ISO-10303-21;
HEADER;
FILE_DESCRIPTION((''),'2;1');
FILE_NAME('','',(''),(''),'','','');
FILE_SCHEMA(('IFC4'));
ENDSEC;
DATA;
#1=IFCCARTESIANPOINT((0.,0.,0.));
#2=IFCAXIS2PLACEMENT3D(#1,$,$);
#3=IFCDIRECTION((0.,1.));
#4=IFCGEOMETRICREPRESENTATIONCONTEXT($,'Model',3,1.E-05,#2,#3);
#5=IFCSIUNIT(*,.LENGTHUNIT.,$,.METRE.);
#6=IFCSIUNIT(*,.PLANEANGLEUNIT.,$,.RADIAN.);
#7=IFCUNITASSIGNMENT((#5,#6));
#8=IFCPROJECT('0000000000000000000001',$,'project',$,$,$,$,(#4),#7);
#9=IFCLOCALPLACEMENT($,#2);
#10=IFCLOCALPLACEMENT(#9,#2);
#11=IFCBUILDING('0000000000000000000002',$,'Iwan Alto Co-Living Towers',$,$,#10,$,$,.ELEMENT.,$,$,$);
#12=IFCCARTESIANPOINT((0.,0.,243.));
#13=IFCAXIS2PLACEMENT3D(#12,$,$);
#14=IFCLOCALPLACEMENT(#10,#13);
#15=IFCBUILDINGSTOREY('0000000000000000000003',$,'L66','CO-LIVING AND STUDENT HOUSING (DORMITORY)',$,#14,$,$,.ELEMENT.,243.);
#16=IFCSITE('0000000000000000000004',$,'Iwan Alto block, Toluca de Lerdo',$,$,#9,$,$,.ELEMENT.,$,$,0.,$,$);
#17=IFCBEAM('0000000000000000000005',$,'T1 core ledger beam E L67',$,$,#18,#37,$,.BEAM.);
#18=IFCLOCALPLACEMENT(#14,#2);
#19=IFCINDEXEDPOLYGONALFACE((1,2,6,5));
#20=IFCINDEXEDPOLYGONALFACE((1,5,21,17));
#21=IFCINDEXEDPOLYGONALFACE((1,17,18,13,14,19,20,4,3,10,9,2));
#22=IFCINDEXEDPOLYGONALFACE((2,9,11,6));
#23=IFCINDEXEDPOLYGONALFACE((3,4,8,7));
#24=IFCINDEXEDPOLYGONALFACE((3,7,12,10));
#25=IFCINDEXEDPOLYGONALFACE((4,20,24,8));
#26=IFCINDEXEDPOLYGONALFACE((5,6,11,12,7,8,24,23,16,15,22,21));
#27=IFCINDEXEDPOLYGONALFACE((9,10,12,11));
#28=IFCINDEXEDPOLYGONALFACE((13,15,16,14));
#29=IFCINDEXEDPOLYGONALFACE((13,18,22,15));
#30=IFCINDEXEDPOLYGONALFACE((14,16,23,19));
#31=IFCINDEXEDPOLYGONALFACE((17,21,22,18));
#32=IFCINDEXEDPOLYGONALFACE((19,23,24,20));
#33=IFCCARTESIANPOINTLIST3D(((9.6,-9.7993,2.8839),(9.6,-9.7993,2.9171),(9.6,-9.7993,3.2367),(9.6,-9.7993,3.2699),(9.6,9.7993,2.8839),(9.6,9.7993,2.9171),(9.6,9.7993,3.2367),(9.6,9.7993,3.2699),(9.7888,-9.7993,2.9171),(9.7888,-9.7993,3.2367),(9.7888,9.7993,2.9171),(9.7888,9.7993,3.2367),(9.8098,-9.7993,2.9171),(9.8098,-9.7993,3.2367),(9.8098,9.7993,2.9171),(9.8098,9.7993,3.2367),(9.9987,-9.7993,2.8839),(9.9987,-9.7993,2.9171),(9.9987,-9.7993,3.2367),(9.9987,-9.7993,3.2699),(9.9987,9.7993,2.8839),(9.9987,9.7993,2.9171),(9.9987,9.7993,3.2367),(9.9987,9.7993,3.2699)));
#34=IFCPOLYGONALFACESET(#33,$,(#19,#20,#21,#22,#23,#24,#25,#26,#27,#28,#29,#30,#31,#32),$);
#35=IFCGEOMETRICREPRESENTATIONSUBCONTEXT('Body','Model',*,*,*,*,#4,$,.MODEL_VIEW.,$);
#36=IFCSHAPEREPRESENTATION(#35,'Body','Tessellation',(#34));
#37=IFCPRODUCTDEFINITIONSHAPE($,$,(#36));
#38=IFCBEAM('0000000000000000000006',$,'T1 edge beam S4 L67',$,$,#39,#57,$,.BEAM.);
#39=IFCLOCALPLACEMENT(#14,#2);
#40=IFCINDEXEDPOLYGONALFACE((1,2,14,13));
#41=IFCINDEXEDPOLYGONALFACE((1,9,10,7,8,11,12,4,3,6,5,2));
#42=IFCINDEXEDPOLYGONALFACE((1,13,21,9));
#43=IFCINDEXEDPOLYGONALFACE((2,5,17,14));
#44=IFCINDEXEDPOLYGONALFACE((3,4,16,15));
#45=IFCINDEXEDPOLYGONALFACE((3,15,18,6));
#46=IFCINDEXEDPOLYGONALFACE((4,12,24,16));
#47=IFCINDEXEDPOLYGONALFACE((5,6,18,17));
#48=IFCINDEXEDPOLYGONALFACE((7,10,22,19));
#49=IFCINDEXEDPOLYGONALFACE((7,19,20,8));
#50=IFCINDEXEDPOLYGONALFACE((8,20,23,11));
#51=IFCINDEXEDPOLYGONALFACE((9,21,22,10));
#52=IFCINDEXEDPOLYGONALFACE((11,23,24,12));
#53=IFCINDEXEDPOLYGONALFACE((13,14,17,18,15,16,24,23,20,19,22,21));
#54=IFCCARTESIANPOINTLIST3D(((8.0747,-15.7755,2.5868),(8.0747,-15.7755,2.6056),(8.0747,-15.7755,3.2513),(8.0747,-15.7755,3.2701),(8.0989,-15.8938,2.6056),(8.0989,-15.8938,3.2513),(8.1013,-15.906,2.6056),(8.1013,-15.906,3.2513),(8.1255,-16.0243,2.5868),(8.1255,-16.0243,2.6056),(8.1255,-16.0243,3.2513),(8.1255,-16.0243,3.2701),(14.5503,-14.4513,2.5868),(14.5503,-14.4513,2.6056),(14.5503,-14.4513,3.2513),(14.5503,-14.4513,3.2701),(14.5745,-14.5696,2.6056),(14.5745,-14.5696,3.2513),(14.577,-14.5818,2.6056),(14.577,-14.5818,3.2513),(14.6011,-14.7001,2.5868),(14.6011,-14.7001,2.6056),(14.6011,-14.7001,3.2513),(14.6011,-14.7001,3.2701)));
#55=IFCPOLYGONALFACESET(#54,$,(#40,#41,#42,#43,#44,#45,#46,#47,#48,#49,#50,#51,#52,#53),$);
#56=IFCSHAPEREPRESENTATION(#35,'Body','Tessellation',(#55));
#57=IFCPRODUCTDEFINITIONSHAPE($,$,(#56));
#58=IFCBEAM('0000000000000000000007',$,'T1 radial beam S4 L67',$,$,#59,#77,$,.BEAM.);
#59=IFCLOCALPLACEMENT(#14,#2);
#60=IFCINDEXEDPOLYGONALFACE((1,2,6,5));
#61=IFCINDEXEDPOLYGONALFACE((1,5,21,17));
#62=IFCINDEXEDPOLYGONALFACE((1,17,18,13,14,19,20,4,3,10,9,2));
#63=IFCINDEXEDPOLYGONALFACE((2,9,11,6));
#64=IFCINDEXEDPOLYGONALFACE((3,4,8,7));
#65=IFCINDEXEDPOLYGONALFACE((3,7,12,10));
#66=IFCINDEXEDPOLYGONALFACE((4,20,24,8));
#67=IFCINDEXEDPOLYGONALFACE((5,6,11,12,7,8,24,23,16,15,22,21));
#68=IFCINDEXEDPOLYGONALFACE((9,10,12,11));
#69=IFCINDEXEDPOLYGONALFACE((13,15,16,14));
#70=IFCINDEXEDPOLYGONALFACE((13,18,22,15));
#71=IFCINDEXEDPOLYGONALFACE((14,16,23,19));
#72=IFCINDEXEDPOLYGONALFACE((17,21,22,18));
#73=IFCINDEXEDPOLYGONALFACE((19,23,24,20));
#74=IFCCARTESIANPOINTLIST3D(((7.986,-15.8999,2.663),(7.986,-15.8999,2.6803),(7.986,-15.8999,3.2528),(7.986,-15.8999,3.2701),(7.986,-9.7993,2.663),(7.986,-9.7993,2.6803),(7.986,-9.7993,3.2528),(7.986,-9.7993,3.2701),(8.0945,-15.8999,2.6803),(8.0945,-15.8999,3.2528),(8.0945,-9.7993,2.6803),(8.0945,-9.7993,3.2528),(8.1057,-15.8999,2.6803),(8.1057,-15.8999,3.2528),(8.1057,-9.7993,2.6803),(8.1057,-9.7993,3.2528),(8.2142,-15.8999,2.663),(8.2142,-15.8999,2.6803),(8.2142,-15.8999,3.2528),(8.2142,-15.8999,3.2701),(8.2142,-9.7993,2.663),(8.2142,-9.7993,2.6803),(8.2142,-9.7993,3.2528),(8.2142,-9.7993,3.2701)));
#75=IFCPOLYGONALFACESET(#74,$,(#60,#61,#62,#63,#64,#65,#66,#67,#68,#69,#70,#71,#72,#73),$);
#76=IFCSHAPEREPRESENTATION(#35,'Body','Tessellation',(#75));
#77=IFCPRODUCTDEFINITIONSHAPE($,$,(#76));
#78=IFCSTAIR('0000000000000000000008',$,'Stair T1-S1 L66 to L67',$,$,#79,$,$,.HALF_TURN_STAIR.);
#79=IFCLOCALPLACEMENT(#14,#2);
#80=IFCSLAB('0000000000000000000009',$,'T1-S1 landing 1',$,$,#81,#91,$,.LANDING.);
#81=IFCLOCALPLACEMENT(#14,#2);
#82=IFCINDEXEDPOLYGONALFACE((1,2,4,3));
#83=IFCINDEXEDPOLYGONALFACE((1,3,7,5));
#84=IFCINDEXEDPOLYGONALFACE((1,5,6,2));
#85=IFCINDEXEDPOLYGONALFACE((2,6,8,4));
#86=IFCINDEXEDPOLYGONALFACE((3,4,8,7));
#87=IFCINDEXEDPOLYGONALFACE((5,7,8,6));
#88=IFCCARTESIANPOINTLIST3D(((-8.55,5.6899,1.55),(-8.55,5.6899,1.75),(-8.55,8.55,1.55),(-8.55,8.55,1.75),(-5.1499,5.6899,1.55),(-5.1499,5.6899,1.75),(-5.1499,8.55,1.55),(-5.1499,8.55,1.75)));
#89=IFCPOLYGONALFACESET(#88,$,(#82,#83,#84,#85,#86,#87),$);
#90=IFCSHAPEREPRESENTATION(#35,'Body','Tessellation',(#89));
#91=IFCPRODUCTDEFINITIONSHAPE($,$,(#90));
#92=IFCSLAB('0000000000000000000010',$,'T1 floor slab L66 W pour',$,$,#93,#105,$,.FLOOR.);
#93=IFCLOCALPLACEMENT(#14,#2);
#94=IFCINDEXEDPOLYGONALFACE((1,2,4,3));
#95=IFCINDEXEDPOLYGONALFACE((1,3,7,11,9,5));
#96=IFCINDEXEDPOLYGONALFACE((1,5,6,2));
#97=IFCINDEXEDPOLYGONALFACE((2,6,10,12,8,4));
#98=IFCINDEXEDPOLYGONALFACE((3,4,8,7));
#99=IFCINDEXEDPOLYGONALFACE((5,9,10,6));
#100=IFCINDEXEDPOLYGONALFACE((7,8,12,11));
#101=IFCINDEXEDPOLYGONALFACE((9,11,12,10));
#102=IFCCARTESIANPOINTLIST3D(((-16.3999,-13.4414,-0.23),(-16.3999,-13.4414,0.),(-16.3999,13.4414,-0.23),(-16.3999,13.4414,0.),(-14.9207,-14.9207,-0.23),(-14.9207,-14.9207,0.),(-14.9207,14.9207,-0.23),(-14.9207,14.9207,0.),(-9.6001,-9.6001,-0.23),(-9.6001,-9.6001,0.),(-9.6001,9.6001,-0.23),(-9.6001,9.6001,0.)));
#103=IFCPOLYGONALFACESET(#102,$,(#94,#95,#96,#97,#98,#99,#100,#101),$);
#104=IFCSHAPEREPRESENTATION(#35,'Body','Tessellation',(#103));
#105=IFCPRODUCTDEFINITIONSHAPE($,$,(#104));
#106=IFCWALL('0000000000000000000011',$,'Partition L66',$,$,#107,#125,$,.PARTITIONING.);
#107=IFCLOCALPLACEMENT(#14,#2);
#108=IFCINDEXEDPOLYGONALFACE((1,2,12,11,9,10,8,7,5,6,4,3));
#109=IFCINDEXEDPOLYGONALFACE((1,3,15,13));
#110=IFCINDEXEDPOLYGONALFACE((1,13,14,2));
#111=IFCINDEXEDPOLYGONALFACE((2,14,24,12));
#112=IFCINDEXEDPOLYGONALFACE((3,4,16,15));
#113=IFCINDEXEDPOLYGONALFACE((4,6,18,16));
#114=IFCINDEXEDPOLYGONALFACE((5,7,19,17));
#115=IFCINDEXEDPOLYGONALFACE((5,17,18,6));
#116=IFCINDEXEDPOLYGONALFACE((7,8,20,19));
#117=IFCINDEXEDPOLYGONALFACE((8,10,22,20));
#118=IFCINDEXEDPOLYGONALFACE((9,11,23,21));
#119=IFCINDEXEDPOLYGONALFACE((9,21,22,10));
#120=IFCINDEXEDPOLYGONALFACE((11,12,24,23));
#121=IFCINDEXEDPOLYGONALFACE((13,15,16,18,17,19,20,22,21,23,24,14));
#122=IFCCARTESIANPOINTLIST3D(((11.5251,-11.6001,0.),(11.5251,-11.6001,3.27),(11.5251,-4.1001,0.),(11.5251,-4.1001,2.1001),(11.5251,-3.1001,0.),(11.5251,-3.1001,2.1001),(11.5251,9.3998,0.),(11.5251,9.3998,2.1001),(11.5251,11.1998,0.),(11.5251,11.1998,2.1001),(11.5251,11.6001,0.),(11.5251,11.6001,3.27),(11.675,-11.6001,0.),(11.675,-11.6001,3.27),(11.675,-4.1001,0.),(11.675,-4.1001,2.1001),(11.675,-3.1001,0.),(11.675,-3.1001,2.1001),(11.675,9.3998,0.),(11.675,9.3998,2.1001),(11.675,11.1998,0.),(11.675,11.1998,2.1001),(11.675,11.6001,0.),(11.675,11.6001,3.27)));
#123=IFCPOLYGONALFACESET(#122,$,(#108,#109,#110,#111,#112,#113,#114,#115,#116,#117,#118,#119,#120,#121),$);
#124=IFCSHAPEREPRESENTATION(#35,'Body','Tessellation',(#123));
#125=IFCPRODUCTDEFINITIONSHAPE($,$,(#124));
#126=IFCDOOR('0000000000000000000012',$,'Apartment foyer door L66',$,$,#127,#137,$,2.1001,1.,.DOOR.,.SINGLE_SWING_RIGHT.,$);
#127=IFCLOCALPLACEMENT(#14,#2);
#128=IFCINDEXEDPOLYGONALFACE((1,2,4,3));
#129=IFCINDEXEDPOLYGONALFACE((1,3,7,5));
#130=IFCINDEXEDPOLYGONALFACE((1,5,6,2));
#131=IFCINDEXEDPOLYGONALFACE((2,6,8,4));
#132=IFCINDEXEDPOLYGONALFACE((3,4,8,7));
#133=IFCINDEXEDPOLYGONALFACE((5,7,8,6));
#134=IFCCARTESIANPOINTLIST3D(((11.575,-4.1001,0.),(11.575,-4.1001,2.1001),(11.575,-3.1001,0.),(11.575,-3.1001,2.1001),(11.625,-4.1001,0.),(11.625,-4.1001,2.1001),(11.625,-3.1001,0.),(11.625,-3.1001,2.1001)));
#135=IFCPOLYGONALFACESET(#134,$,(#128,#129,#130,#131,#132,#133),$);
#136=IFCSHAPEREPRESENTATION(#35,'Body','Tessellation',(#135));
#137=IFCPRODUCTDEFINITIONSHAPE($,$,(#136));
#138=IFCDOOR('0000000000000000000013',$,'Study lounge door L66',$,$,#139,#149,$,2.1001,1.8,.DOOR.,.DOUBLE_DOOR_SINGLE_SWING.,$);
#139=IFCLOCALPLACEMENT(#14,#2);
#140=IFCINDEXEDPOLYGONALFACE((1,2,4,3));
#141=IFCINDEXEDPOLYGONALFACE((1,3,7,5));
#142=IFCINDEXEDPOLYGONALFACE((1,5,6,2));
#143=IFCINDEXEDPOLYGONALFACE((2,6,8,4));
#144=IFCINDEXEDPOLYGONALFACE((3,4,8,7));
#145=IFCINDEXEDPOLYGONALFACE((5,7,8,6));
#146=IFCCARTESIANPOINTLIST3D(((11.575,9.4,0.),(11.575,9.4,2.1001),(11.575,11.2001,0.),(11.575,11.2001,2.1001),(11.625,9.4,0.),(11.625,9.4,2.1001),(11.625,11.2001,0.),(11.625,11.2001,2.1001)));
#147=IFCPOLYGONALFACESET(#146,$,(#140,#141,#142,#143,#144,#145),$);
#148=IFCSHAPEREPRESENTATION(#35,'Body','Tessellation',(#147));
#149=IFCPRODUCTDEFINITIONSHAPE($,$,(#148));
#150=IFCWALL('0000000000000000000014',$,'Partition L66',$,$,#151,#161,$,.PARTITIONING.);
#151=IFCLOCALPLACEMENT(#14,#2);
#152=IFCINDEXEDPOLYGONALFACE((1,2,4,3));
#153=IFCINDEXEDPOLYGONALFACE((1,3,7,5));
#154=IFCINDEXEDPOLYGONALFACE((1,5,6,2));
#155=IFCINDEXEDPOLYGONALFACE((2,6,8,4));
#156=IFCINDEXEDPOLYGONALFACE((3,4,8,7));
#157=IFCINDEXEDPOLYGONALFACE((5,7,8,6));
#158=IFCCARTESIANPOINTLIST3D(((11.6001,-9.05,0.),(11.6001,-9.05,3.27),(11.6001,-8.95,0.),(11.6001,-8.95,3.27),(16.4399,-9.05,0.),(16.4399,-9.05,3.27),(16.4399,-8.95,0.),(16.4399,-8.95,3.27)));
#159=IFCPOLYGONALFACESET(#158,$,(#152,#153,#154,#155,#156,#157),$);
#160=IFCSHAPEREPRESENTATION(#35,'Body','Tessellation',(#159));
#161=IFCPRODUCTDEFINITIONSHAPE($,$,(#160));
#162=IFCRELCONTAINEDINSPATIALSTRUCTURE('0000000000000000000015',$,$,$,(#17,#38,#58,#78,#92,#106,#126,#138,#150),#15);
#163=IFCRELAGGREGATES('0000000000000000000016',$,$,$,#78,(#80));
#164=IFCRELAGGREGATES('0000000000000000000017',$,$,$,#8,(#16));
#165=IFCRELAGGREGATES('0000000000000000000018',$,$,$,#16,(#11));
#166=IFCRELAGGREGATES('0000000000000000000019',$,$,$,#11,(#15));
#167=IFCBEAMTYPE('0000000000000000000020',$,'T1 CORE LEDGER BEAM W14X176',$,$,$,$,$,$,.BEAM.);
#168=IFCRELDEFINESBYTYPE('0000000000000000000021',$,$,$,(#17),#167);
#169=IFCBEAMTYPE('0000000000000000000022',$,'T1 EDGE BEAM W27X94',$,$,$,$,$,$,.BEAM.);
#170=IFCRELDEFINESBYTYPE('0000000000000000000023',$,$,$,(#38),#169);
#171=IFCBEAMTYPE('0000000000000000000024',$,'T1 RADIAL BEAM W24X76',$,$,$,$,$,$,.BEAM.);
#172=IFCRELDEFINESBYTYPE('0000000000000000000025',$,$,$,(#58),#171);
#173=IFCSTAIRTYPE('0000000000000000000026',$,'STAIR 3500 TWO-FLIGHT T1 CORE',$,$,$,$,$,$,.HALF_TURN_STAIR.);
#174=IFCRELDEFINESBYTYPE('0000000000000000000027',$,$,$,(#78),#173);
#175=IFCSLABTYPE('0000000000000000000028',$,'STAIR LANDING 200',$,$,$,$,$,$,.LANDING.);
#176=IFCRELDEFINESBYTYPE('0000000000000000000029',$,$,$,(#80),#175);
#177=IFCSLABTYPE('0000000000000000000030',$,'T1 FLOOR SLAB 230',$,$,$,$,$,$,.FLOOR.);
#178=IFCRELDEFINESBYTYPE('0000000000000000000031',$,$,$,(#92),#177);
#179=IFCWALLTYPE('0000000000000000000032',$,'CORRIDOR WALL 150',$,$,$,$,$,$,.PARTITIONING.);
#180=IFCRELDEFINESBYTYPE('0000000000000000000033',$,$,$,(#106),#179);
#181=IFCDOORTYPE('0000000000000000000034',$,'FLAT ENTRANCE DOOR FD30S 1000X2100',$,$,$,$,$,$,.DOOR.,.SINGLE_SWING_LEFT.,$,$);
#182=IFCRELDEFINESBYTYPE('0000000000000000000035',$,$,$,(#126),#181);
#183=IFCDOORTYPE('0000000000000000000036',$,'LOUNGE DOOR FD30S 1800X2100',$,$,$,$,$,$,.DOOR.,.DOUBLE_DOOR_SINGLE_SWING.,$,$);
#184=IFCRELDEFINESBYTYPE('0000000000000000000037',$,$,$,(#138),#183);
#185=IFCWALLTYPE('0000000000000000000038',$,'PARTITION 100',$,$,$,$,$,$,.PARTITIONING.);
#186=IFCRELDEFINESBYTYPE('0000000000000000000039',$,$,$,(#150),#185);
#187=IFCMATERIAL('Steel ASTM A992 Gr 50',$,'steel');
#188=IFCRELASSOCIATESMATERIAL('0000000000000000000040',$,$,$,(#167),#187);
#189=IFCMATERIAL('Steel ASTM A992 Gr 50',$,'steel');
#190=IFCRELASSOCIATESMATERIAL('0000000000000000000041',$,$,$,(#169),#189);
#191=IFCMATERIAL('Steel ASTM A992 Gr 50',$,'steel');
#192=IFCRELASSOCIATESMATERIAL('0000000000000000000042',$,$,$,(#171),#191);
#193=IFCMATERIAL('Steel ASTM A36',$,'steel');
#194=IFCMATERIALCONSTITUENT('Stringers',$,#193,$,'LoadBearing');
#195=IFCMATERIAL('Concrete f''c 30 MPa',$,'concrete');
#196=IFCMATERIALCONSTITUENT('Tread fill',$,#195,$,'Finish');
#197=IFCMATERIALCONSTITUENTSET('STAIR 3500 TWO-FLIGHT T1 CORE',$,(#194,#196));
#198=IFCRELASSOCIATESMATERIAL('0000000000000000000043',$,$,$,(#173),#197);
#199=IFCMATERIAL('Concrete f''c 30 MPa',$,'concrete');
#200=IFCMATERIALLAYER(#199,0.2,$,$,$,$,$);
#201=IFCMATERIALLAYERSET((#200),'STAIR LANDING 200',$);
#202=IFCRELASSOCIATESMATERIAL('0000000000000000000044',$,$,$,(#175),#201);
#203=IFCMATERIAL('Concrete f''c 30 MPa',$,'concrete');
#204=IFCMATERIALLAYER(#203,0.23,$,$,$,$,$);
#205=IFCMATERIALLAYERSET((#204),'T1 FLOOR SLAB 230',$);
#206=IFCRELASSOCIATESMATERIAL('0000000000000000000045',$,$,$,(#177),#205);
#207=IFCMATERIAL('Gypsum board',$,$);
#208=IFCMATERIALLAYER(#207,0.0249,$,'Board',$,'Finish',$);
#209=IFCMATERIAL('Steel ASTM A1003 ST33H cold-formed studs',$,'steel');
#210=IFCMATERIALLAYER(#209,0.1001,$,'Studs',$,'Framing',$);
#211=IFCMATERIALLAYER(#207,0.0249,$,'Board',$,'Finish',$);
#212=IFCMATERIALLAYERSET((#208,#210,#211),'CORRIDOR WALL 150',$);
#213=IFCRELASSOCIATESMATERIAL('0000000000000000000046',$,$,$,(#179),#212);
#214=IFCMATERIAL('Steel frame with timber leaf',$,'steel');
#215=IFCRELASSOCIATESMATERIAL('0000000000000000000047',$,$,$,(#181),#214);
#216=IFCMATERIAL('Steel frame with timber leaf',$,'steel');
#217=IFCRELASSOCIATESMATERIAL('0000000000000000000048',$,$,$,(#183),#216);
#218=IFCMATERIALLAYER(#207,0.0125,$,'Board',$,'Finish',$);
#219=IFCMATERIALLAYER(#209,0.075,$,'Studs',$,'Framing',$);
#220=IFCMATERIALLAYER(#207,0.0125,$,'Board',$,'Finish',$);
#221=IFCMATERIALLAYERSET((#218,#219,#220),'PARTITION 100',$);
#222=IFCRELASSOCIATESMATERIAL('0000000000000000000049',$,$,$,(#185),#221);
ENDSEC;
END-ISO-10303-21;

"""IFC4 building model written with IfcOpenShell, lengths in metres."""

from ifc_helpers import new_model, si_unit, direction, frame, frame_2d, origin, origin_2d, place, context, subcontext, project, spatial, polyline, rectangle, i_section, outline, extrude, material, layer, layer_set, constituent, constituent_set, material_profile, profile_set, type_object, element, fill, aggregate, save


model = new_model("IFC4")

# Units and contexts
model_context = context("Model", 3, precision=1e-05, world=origin(), true_north=direction((0.0, 1.0)))
body_context = subcontext(model_context, "Body", "Model", "MODEL_VIEW")
ifc_project = project(units=[si_unit("LENGTHUNIT", "METRE"), si_unit("PLANEANGLEUNIT", "RADIAN")], contexts=[model_context])

# Site, building, storey
site_placement = place(None, origin())
site = spatial("IfcSite", under=ifc_project, at=site_placement, Name="Iwan Alto block, Toluca de Lerdo", CompositionType="ELEMENT", RefElevation=0.0)
building_placement = place(site_placement, origin())
building = spatial("IfcBuilding", under=site, at=building_placement, Name="Iwan Alto Co-Living Towers", CompositionType="ELEMENT")
storey_placement = place(building_placement, frame((0.0, 0.0, 243.0)))
storey = spatial("IfcBuildingStorey", under=building, at=storey_placement, Name="L66", Description="CO-LIVING AND STUDENT HOUSING (DORMITORY)", CompositionType="ELEMENT", Elevation=243.0)

# Beams
ifc_material_1 = material(Name="Steel ASTM A992 Gr 50", Category="steel")
ifc_material_profile_1 = material_profile(ifc_material_1, i_section(OverallWidth=0.3987, OverallDepth=0.386, WebThickness=0.021, FlangeThickness=0.0332, at=origin_2d()), Name="W14X176")
ifc_profile_set_1 = profile_set([ifc_material_profile_1], Name="Steel ASTM A992 Gr 50")
beam_type_1 = type_object("IfcBeamType", Name="T1 CORE LEDGER BEAM W14X176", PredefinedType="BEAM", material=ifc_profile_set_1)
beam_1_placement = place(storey_placement, frame((9.7993, -9.7993, 3.0769), z_axis=(0.0, 1.0, 0.0), x_axis=(-1.0, 0.0, 0.0)))
element("IfcBeam", 1, at=beam_1_placement, inside=storey, type_object=beam_type_1, Name="T1 core ledger beam E L67", PredefinedType="BEAM", context=body_context, shape_type="SweptSolid", body=[
    extrude(i_section(OverallWidth=0.3987, OverallDepth=0.386, WebThickness=0.021, FlangeThickness=0.0332, at=origin_2d()), origin(), (0.0, 0.0, 1.0), 19.5986),
])
ifc_material_2 = material(Name="Steel ASTM A992 Gr 50", Category="steel")
ifc_material_profile_2 = material_profile(ifc_material_2, i_section(OverallWidth=0.2539, OverallDepth=0.6833, WebThickness=0.0125, FlangeThickness=0.0188, at=origin_2d()), Name="W27X94")
ifc_profile_set_2 = profile_set([ifc_material_profile_2], Name="Steel ASTM A992 Gr 50")
beam_type_2 = type_object("IfcBeamType", Name="T1 EDGE BEAM W27X94", PredefinedType="BEAM", material=ifc_profile_set_2)
beam_2_placement = place(storey_placement, frame((8.1001, -15.8999, 2.9285), z_axis=(0.979725, 0.200348, 0.0), x_axis=(-0.200348, 0.979725, 0.0)))
element("IfcBeam", 2, at=beam_2_placement, inside=storey, type_object=beam_type_2, Name="T1 edge beam S4 L67", PredefinedType="BEAM", context=body_context, shape_type="SweptSolid", body=[
    extrude(i_section(OverallWidth=0.2539, OverallDepth=0.6833, WebThickness=0.0125, FlangeThickness=0.0188, at=origin_2d()), origin(), (0.0, 0.0, 1.0), 6.6096),
])
ifc_material_3 = material(Name="Steel ASTM A992 Gr 50", Category="steel")
ifc_material_profile_3 = material_profile(ifc_material_3, i_section(OverallWidth=0.2283, OverallDepth=0.6072, WebThickness=0.0112, FlangeThickness=0.0173, at=origin_2d()), Name="W24X76")
ifc_profile_set_3 = profile_set([ifc_material_profile_3], Name="Steel ASTM A992 Gr 50")
beam_type_3 = type_object("IfcBeamType", Name="T1 RADIAL BEAM W24X76", PredefinedType="BEAM", material=ifc_profile_set_3)
beam_3_placement = place(storey_placement, frame((8.1001, -15.8999, 2.9666), z_axis=(0.0, 1.0, 0.0), x_axis=(-1.0, 0.0, 0.0)))
element("IfcBeam", 3, at=beam_3_placement, inside=storey, type_object=beam_type_3, Name="T1 radial beam S4 L67", PredefinedType="BEAM", context=body_context, shape_type="SweptSolid", body=[
    extrude(i_section(OverallWidth=0.2283, OverallDepth=0.6072, WebThickness=0.0112, FlangeThickness=0.0173, at=origin_2d()), origin(), (0.0, 0.0, 1.0), 6.1006),
])

# Stair, slab
ifc_material_4 = material(Name="Steel ASTM A36", Category="steel")
ifc_constituent_1 = constituent(ifc_material_4, Name="Stringers", Category="LoadBearing")
ifc_material_5 = material(Name="Concrete f'c 30 MPa", Category="concrete")
ifc_constituent_2 = constituent(ifc_material_5, Name="Tread fill", Category="Finish")
ifc_constituent_set_1 = constituent_set(constituents=[ifc_constituent_1, ifc_constituent_2], Name="STAIR 3500 TWO-FLIGHT T1 CORE")
stair_type = type_object("IfcStairType", Name="STAIR 3500 TWO-FLIGHT T1 CORE", PredefinedType="HALF_TURN_STAIR", material=ifc_constituent_set_1)
stair_1_placement = place(storey_placement, origin())
stair_1 = element("IfcStair", 4, at=stair_1_placement, inside=storey, type_object=stair_type, Name="Stair T1-S1 L66 to L67", PredefinedType="HALF_TURN_STAIR")
ifc_material_6 = material(Name="Concrete f'c 30 MPa", Category="concrete")
ifc_layer_1 = layer(ifc_material_6, 0.2)
ifc_layer_set_1 = layer_set([ifc_layer_1], Name="STAIR LANDING 200")
slab_type_1 = type_object("IfcSlabType", Name="STAIR LANDING 200", PredefinedType="LANDING", material=ifc_layer_set_1)
slab_1_placement = place(storey_placement, frame((0.0, 0.0, 1.55)))
slab_1 = element("IfcSlab", 5, at=slab_1_placement, type_object=slab_type_1, Name="T1-S1 landing 1", PredefinedType="LANDING", context=body_context, shape_type="SweptSolid", body=[
    extrude(outline(polyline([(-8.55, 5.6899), (-8.55, 8.55), (-5.1499, 8.55), (-5.1499, 5.6899), (-8.55, 5.6899)])), origin(), (0.0, 0.0, 1.0), 0.2),
])
aggregate(stair_1, [slab_1])

# Slab
ifc_material_7 = material(Name="Concrete f'c 30 MPa", Category="concrete")
ifc_layer_2 = layer(ifc_material_7, 0.23)
ifc_layer_set_2 = layer_set([ifc_layer_2], Name="T1 FLOOR SLAB 230")
slab_type_2 = type_object("IfcSlabType", Name="T1 FLOOR SLAB 230", PredefinedType="FLOOR", material=ifc_layer_set_2)
slab_2_placement = place(storey_placement, frame((0.0, 0.0, -0.23)))
element("IfcSlab", 6, at=slab_2_placement, inside=storey, type_object=slab_type_2, Name="T1 floor slab L66 W pour", PredefinedType="FLOOR", context=body_context, shape_type="SweptSolid", body=[
    extrude(outline(polyline([(-16.3999, 13.4414), (-14.9207, 14.9207), (-9.6001, 9.6001), (-9.6001, -9.6001), (-14.9207, -14.9207), (-16.3999, -13.4414), (-16.3999, 13.4414)])), origin(), (0.0, 0.0, 1.0), 0.23),
])

# Wall, openings, doors
ifc_material_8 = material(Name="Gypsum board")
ifc_layer_3 = layer(ifc_material_8, 0.0249, Name="Board", Category="Finish")
ifc_material_9 = material(Name="Steel ASTM A1003 ST33H cold-formed studs", Category="steel")
ifc_layer_4 = layer(ifc_material_9, 0.1001, Name="Studs", Category="Framing")
ifc_layer_5 = layer(ifc_material_8, 0.0249, Name="Board", Category="Finish")
ifc_layer_set_3 = layer_set([ifc_layer_3, ifc_layer_4, ifc_layer_5], Name="CORRIDOR WALL 150")
wall_type_1 = type_object("IfcWallType", Name="CORRIDOR WALL 150", PredefinedType="PARTITIONING", material=ifc_layer_set_3)
wall_1_placement = place(storey_placement, frame((11.6001, -11.6001, 0.0), z_axis=(0.0, 0.0, 1.0), x_axis=(0.0, 1.0, 0.0)))
wall_1 = element("IfcWall", 7, at=wall_1_placement, inside=storey, type_object=wall_type_1, Name="Partition L66", PredefinedType="PARTITIONING", context=body_context, shape_type="SweptSolid", body=[
    extrude(rectangle(XDim=23.2002, YDim=0.1499, at=frame_2d((11.6001, 0.0))), origin(), (0.0, 0.0, 1.0), 3.27),
])
opening_1_placement = place(wall_1_placement, frame((7.5, 0.0, 0.0)))
opening_1 = element("IfcOpeningElement", 8, at=opening_1_placement, cuts=wall_1, PredefinedType="OPENING", context=body_context, shape_type="SweptSolid", body=[
    extrude(rectangle(XDim=1.0, YDim=2.1001, at=frame_2d((0.5, 1.05))), frame((0.0, 0.085, 0.0), z_axis=(0.0, -1.0, 0.0), x_axis=(1.0, 0.0, 0.0)), (0.0, 0.0, 1.0), 0.1699),
])
opening_2_placement = place(wall_1_placement, frame((21.0, 0.0, 0.0)))
opening_2 = element("IfcOpeningElement", 9, at=opening_2_placement, cuts=wall_1, PredefinedType="OPENING", context=body_context, shape_type="SweptSolid", body=[
    extrude(rectangle(XDim=1.8, YDim=2.1001, at=frame_2d((0.8999, 1.05))), frame((0.0, 0.085, 0.0), z_axis=(0.0, -1.0, 0.0), x_axis=(1.0, 0.0, 0.0)), (0.0, 0.0, 1.0), 0.1699),
])
ifc_material_10 = material(Name="Steel frame with timber leaf", Category="steel")
door_type_1 = type_object("IfcDoorType", Name="FLAT ENTRANCE DOOR FD30S 1000X2100", OperationType="SINGLE_SWING_LEFT", PredefinedType="DOOR", material=ifc_material_10)
door_1_placement = place(opening_1_placement, frame((1.0, 0.0, 0.0), z_axis=(0.0, 0.0, 1.0), x_axis=(-1.0, 0.0, 0.0)))
door_1 = element("IfcDoor", 10, at=door_1_placement, inside=storey, type_object=door_type_1, Name="Apartment foyer door L66", OperationType="SINGLE_SWING_RIGHT", OverallHeight=2.1001, OverallWidth=1.0, PredefinedType="DOOR", context=body_context, shape_type="SweptSolid", body=[
    extrude(rectangle(XDim=1.0, YDim=2.1001, at=frame_2d((0.5, 1.05))), frame((0.0, 0.0249, 0.0), z_axis=(0.0, -1.0, 0.0), x_axis=(1.0, 0.0, 0.0)), (0.0, 0.0, 1.0), 0.05),
])
fill(opening_1, door_1)
ifc_material_11 = material(Name="Steel frame with timber leaf", Category="steel")
door_type_2 = type_object("IfcDoorType", Name="LOUNGE DOOR FD30S 1800X2100", OperationType="DOUBLE_DOOR_SINGLE_SWING", PredefinedType="DOOR", material=ifc_material_11)
door_2_placement = place(opening_2_placement, frame((1.8, 0.0, 0.0), z_axis=(0.0, 0.0, 1.0), x_axis=(-1.0, 0.0, 0.0)))
door_2 = element("IfcDoor", 11, at=door_2_placement, inside=storey, type_object=door_type_2, Name="Study lounge door L66", OperationType="DOUBLE_DOOR_SINGLE_SWING", OverallHeight=2.1001, OverallWidth=1.8, PredefinedType="DOOR", context=body_context, shape_type="SweptSolid", body=[
    extrude(rectangle(XDim=1.8, YDim=2.1001, at=frame_2d((0.8999, 1.05))), frame((0.0, 0.0249, 0.0), z_axis=(0.0, -1.0, 0.0), x_axis=(1.0, 0.0, 0.0)), (0.0, 0.0, 1.0), 0.05),
])
fill(opening_2, door_2)

# Wall
ifc_layer_6 = layer(ifc_material_8, 0.0125, Name="Board", Category="Finish")
ifc_layer_7 = layer(ifc_material_9, 0.075, Name="Studs", Category="Framing")
ifc_layer_8 = layer(ifc_material_8, 0.0125, Name="Board", Category="Finish")
ifc_layer_set_4 = layer_set([ifc_layer_6, ifc_layer_7, ifc_layer_8], Name="PARTITION 100")
wall_type_2 = type_object("IfcWallType", Name="PARTITION 100", PredefinedType="PARTITIONING", material=ifc_layer_set_4)
wall_2_placement = place(storey_placement, frame((11.6001, -9.0, 0.0), z_axis=(0.0, 0.0, 1.0), x_axis=(1.0, 0.0, 0.0)))
element("IfcWall", 12, at=wall_2_placement, inside=storey, type_object=wall_type_2, Name="Partition L66", PredefinedType="PARTITIONING", context=body_context, shape_type="SweptSolid", body=[
    extrude(rectangle(XDim=4.8398, YDim=0.1001, at=frame_2d((2.4199, 0.0))), origin(), (0.0, 0.0, 1.0), 3.27),
])

save(model, "model.ifc")
